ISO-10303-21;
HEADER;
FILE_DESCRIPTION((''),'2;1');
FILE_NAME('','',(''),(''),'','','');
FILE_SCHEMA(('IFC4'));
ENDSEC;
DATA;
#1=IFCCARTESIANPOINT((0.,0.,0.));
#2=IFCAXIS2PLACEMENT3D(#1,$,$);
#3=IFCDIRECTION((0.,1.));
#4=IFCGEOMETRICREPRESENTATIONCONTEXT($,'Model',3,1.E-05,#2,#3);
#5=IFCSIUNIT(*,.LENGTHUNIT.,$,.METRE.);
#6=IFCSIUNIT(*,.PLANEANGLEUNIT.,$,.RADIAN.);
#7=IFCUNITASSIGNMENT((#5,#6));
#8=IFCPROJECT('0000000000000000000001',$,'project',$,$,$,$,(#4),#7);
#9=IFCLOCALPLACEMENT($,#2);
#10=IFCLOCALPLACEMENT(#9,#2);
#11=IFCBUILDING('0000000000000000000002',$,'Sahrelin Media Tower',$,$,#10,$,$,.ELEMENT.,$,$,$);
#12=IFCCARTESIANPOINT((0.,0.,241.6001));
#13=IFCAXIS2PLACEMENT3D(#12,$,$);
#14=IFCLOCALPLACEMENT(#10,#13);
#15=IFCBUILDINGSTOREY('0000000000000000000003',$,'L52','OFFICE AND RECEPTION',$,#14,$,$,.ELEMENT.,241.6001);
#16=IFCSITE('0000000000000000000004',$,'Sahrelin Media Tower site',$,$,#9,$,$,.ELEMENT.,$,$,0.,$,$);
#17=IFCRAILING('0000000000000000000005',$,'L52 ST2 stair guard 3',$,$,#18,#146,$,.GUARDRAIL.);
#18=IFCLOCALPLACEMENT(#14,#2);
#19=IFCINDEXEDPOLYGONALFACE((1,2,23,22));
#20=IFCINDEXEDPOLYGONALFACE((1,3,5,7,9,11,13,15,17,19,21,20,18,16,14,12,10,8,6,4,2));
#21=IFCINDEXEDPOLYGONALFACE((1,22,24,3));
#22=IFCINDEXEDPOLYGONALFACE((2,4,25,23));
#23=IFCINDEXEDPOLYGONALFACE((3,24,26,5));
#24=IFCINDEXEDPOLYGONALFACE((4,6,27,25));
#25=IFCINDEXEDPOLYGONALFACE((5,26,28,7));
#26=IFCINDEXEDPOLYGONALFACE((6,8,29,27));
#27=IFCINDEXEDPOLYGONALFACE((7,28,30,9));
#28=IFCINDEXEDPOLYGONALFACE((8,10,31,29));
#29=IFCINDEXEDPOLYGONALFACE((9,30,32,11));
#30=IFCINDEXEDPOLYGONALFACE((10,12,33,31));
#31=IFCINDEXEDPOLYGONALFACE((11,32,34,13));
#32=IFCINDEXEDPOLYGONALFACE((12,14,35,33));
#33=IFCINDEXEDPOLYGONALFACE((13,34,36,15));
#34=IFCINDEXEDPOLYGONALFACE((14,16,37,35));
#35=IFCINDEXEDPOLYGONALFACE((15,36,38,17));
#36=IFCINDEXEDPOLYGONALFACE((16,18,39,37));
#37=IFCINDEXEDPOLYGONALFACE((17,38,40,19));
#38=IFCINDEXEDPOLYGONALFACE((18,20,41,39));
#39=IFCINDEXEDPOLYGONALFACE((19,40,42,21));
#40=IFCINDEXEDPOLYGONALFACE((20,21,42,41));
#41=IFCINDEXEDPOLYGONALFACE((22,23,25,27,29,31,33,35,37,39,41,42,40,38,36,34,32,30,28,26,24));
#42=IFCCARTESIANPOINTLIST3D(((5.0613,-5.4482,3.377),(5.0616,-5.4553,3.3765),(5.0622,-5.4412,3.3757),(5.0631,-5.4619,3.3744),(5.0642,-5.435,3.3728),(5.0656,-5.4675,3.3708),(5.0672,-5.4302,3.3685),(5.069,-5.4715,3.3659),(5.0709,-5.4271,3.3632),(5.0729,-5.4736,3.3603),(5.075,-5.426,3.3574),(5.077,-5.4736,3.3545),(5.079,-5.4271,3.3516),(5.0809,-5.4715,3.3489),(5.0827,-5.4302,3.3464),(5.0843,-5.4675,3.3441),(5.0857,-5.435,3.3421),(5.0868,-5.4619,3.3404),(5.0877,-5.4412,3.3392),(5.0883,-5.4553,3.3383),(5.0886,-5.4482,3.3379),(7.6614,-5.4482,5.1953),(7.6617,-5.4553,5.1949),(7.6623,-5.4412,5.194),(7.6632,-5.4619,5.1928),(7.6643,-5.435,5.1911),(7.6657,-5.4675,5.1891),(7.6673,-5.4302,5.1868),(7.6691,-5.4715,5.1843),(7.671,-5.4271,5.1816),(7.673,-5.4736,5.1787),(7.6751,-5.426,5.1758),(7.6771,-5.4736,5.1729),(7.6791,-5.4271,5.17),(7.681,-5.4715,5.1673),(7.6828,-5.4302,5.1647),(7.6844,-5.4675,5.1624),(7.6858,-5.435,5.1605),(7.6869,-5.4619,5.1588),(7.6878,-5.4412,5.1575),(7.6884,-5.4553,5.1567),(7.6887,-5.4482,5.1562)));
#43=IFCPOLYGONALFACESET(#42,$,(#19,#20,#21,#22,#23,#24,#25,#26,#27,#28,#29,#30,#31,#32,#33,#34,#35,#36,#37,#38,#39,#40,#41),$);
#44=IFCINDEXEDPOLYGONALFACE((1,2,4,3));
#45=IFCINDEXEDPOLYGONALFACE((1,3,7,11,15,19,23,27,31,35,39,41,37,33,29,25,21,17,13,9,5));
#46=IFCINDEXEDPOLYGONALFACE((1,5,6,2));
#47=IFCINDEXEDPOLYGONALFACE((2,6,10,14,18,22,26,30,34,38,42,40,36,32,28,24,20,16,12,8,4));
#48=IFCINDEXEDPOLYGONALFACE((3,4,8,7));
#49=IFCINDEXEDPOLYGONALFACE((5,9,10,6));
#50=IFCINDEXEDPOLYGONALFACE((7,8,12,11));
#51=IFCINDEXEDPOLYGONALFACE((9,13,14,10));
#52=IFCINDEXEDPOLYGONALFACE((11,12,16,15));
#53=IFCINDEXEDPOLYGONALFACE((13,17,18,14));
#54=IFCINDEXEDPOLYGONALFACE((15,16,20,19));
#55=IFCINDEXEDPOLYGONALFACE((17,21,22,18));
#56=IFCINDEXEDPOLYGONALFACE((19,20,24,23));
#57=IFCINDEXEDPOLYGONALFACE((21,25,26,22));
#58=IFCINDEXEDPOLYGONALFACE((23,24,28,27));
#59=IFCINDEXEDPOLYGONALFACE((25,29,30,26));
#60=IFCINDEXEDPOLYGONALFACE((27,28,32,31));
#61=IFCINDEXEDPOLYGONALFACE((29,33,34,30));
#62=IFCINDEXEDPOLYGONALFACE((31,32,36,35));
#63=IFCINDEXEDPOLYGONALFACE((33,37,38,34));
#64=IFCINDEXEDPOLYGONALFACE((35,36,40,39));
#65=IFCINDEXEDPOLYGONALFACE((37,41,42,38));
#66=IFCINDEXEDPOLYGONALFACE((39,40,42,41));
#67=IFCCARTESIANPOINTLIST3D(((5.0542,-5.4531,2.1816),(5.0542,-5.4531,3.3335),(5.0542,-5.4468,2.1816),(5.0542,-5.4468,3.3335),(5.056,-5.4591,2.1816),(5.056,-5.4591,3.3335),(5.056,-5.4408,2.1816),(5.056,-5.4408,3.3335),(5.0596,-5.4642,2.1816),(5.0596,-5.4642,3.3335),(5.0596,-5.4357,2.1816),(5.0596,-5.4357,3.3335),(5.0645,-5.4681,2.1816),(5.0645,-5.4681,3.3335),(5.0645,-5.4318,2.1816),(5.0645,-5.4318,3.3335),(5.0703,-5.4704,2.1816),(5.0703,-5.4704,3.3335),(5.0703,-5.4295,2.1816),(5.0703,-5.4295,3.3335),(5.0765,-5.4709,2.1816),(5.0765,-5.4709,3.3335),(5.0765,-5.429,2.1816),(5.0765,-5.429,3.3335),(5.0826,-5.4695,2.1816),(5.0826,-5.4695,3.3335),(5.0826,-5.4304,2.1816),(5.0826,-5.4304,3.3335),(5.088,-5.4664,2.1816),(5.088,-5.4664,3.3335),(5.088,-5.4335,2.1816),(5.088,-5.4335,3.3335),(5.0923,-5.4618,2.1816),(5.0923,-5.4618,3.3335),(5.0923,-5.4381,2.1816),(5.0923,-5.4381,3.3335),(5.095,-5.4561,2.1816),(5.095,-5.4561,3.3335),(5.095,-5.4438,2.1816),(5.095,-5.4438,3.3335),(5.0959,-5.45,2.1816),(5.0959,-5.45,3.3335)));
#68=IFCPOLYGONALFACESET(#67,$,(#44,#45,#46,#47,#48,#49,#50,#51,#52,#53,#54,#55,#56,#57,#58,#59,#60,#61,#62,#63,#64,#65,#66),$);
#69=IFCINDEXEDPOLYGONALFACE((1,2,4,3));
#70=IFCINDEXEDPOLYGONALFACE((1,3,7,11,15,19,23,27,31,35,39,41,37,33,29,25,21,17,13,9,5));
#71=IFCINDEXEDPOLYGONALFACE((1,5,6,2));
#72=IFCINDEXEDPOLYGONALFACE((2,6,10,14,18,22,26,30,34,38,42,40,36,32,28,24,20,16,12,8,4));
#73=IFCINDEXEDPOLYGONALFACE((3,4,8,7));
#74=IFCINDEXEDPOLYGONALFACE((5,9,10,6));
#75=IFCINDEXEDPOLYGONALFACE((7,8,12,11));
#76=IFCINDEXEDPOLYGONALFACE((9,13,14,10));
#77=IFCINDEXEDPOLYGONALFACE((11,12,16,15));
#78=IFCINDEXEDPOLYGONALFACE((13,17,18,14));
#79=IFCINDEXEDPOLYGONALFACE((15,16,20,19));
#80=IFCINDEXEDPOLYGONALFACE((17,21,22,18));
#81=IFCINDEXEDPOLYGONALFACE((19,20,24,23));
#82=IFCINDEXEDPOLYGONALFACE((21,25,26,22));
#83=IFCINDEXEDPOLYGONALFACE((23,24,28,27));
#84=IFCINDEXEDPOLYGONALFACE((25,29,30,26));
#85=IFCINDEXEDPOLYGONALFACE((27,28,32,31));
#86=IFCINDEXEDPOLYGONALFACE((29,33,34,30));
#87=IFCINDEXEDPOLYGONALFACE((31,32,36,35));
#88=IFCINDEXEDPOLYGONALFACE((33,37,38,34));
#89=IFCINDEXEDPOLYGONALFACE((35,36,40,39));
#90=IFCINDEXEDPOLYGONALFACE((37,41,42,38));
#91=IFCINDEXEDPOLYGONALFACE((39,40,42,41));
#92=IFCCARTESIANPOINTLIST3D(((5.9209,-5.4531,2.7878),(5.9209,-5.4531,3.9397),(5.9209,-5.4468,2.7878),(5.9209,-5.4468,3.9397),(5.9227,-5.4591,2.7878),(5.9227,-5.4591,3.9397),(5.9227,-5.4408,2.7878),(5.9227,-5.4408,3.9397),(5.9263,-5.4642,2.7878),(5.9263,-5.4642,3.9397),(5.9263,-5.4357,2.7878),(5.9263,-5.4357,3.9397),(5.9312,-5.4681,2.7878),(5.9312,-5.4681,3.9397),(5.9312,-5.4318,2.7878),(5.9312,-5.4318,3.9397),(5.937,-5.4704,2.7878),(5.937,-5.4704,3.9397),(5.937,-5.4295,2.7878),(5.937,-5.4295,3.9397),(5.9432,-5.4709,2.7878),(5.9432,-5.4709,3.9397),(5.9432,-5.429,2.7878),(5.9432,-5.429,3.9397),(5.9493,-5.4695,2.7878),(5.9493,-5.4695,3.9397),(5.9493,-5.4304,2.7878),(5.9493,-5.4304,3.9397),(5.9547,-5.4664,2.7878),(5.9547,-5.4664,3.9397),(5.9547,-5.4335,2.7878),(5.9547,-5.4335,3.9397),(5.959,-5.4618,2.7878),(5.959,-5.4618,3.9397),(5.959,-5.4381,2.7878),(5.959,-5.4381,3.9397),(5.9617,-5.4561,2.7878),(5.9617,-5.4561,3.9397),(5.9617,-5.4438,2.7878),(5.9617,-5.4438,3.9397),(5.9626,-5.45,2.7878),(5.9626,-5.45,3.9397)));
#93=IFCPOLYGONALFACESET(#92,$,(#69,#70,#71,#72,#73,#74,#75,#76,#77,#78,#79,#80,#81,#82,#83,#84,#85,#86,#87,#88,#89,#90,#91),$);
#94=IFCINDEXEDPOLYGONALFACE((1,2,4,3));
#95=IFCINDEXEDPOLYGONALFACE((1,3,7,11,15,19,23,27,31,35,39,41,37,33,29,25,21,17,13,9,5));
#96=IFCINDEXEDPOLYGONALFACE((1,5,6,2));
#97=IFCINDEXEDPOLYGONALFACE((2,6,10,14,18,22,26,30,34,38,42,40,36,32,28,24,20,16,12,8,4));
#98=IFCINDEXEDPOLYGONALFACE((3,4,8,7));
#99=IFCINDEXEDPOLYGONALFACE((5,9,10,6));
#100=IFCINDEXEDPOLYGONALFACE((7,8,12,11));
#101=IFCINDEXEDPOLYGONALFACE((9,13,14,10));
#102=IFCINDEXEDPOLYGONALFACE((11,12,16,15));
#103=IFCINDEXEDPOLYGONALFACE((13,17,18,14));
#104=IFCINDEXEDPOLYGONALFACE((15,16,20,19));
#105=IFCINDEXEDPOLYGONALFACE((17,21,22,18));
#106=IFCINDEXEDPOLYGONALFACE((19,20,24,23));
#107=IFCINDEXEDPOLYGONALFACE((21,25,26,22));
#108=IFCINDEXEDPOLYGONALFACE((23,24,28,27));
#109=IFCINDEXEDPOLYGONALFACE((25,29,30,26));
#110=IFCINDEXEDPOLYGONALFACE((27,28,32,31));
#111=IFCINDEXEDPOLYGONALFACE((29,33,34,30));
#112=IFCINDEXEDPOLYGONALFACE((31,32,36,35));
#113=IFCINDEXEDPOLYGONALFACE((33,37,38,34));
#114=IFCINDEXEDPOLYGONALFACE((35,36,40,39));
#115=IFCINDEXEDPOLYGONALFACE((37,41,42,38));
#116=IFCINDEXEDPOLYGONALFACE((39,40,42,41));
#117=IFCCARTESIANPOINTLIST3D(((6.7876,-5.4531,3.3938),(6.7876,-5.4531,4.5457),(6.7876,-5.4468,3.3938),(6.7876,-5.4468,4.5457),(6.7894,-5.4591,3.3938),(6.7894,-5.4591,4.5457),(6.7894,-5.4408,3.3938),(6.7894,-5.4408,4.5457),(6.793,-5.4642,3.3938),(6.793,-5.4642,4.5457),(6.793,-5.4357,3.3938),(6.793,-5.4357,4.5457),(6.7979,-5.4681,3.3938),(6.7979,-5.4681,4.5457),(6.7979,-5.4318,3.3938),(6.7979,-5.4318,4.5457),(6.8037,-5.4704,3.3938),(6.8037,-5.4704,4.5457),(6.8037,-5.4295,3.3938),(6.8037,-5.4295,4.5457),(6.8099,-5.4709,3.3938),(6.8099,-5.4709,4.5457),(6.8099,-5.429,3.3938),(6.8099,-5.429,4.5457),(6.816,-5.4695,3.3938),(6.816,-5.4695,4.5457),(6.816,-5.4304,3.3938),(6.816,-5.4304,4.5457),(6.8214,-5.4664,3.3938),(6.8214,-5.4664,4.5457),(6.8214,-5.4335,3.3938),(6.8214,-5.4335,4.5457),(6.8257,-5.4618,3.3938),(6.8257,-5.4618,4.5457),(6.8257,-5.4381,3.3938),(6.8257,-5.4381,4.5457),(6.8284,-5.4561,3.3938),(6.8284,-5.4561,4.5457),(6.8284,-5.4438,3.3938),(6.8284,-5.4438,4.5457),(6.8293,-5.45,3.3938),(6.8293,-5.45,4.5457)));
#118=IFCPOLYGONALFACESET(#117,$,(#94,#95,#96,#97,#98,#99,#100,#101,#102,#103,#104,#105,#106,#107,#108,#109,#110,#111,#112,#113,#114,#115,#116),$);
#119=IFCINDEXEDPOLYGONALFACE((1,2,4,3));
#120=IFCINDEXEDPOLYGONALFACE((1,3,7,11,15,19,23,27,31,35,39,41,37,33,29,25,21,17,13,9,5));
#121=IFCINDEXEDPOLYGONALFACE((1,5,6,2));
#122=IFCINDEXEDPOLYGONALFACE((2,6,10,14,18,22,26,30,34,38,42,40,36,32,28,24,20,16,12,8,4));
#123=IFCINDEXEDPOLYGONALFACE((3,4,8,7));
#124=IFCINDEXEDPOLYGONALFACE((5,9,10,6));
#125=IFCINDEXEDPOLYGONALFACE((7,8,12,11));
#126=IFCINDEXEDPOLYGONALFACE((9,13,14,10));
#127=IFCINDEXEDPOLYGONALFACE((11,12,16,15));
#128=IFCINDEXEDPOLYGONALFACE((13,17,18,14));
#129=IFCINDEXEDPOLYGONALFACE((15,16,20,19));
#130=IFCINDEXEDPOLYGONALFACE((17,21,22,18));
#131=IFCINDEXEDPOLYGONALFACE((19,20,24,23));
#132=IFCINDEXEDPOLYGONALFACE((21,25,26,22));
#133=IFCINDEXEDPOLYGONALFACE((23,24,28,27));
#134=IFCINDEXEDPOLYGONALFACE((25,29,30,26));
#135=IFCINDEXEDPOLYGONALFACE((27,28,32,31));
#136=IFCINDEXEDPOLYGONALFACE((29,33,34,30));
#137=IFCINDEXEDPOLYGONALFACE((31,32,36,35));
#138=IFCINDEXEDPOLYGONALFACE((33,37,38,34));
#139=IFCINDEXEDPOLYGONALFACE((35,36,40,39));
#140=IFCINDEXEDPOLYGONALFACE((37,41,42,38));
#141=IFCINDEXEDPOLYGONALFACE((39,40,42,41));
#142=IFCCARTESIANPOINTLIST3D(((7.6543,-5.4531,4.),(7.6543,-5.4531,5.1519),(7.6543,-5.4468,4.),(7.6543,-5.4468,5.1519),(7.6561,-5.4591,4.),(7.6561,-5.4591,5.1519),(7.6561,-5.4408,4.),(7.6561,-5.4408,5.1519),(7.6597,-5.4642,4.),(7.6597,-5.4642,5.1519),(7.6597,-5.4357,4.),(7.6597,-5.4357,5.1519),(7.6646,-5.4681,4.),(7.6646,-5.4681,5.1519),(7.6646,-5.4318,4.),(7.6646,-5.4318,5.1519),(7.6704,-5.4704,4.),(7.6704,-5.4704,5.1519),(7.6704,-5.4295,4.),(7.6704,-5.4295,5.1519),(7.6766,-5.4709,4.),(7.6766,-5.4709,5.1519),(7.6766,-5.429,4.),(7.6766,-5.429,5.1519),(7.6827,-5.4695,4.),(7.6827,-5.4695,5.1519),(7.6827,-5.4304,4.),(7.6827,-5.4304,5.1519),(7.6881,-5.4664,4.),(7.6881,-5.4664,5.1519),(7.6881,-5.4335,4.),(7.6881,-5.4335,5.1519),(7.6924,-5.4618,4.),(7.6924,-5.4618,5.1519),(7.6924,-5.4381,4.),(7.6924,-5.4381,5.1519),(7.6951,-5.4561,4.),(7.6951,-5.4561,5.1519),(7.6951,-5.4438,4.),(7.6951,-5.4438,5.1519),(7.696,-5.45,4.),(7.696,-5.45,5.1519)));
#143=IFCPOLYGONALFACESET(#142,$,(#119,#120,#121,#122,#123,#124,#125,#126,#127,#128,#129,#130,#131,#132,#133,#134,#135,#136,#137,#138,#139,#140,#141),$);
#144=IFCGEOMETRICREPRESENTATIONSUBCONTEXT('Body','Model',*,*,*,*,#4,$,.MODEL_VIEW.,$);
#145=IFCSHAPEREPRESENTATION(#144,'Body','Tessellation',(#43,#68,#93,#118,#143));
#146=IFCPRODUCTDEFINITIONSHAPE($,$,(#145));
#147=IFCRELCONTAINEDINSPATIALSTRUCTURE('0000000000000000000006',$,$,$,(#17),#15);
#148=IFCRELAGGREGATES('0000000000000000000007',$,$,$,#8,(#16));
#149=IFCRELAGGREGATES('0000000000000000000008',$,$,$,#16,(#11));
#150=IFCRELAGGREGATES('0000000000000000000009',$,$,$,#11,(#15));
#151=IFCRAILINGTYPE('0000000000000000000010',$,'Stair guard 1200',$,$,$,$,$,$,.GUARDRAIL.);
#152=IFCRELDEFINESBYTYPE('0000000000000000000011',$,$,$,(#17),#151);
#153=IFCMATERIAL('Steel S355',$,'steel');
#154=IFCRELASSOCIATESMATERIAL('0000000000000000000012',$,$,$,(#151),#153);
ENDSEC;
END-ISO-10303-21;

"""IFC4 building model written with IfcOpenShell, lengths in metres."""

from ifc_helpers import new_model, si_unit, direction, frame, origin, origin_2d, place, context, subcontext, project, spatial, circle, extrude, material, type_object, element, save


model = new_model("IFC4")

# Units and contexts
model_context = context("Model", 3, precision=1e-05, world=origin(), true_north=direction((0.0, 1.0)))
body_context = subcontext(model_context, "Body", "Model", "MODEL_VIEW")
ifc_project = project(units=[si_unit("LENGTHUNIT", "METRE"), si_unit("PLANEANGLEUNIT", "RADIAN")], contexts=[model_context])

# Site, building, storey
site_placement = place(None, origin())
site = spatial("IfcSite", under=ifc_project, at=site_placement, Name="Sahrelin Media Tower site", CompositionType="ELEMENT", RefElevation=0.0)
building_placement = place(site_placement, origin())
building = spatial("IfcBuilding", under=site, at=building_placement, Name="Sahrelin Media Tower", CompositionType="ELEMENT")
storey_placement = place(building_placement, frame((0.0, 0.0, 241.6001)))
storey = spatial("IfcBuildingStorey", under=building, at=storey_placement, Name="L52", Description="OFFICE AND RECEPTION", CompositionType="ELEMENT", Elevation=241.6001)

# Shared definitions
ifc_material_1 = material(Name="Steel S355", Category="steel")

# Railing
railing_type_1 = type_object("IfcRailingType", Name="Stair guard 1200", PredefinedType="GUARDRAIL", material=ifc_material_1)
railing_1_placement = place(storey_placement, frame((5.075, -5.45, 2.1816)))
element("IfcRailing", 1, at=railing_1_placement, inside=storey, type_object=railing_type_1, Name="L52 ST2 stair guard 3", PredefinedType="GUARDRAIL", context=body_context, shape_type="SweptSolid", body=[
    extrude(circle(Radius=0.0239, at=origin_2d()), frame((0.0, 0.0, 1.1758), z_axis=(0.819485, 0.0, 0.573101), x_axis=(0.0, 1.0, 0.0)), (0.0, 0.0, 1.0), 3.1729),
    extrude(circle(Radius=0.021, at=origin_2d()), origin(), (0.0, 0.0, 1.0), 1.1519),
    extrude(circle(Radius=0.021, at=origin_2d()), frame((0.8667, 0.0, 0.6062)), (0.0, 0.0, 1.0), 1.1519),
    extrude(circle(Radius=0.021, at=origin_2d()), frame((1.7334, 0.0, 1.2122)), (0.0, 0.0, 1.0), 1.1519),
    extrude(circle(Radius=0.021, at=origin_2d()), frame((2.6001, 0.0, 1.8184)), (0.0, 0.0, 1.0), 1.1519),
])

save(model, "model.ifc")
